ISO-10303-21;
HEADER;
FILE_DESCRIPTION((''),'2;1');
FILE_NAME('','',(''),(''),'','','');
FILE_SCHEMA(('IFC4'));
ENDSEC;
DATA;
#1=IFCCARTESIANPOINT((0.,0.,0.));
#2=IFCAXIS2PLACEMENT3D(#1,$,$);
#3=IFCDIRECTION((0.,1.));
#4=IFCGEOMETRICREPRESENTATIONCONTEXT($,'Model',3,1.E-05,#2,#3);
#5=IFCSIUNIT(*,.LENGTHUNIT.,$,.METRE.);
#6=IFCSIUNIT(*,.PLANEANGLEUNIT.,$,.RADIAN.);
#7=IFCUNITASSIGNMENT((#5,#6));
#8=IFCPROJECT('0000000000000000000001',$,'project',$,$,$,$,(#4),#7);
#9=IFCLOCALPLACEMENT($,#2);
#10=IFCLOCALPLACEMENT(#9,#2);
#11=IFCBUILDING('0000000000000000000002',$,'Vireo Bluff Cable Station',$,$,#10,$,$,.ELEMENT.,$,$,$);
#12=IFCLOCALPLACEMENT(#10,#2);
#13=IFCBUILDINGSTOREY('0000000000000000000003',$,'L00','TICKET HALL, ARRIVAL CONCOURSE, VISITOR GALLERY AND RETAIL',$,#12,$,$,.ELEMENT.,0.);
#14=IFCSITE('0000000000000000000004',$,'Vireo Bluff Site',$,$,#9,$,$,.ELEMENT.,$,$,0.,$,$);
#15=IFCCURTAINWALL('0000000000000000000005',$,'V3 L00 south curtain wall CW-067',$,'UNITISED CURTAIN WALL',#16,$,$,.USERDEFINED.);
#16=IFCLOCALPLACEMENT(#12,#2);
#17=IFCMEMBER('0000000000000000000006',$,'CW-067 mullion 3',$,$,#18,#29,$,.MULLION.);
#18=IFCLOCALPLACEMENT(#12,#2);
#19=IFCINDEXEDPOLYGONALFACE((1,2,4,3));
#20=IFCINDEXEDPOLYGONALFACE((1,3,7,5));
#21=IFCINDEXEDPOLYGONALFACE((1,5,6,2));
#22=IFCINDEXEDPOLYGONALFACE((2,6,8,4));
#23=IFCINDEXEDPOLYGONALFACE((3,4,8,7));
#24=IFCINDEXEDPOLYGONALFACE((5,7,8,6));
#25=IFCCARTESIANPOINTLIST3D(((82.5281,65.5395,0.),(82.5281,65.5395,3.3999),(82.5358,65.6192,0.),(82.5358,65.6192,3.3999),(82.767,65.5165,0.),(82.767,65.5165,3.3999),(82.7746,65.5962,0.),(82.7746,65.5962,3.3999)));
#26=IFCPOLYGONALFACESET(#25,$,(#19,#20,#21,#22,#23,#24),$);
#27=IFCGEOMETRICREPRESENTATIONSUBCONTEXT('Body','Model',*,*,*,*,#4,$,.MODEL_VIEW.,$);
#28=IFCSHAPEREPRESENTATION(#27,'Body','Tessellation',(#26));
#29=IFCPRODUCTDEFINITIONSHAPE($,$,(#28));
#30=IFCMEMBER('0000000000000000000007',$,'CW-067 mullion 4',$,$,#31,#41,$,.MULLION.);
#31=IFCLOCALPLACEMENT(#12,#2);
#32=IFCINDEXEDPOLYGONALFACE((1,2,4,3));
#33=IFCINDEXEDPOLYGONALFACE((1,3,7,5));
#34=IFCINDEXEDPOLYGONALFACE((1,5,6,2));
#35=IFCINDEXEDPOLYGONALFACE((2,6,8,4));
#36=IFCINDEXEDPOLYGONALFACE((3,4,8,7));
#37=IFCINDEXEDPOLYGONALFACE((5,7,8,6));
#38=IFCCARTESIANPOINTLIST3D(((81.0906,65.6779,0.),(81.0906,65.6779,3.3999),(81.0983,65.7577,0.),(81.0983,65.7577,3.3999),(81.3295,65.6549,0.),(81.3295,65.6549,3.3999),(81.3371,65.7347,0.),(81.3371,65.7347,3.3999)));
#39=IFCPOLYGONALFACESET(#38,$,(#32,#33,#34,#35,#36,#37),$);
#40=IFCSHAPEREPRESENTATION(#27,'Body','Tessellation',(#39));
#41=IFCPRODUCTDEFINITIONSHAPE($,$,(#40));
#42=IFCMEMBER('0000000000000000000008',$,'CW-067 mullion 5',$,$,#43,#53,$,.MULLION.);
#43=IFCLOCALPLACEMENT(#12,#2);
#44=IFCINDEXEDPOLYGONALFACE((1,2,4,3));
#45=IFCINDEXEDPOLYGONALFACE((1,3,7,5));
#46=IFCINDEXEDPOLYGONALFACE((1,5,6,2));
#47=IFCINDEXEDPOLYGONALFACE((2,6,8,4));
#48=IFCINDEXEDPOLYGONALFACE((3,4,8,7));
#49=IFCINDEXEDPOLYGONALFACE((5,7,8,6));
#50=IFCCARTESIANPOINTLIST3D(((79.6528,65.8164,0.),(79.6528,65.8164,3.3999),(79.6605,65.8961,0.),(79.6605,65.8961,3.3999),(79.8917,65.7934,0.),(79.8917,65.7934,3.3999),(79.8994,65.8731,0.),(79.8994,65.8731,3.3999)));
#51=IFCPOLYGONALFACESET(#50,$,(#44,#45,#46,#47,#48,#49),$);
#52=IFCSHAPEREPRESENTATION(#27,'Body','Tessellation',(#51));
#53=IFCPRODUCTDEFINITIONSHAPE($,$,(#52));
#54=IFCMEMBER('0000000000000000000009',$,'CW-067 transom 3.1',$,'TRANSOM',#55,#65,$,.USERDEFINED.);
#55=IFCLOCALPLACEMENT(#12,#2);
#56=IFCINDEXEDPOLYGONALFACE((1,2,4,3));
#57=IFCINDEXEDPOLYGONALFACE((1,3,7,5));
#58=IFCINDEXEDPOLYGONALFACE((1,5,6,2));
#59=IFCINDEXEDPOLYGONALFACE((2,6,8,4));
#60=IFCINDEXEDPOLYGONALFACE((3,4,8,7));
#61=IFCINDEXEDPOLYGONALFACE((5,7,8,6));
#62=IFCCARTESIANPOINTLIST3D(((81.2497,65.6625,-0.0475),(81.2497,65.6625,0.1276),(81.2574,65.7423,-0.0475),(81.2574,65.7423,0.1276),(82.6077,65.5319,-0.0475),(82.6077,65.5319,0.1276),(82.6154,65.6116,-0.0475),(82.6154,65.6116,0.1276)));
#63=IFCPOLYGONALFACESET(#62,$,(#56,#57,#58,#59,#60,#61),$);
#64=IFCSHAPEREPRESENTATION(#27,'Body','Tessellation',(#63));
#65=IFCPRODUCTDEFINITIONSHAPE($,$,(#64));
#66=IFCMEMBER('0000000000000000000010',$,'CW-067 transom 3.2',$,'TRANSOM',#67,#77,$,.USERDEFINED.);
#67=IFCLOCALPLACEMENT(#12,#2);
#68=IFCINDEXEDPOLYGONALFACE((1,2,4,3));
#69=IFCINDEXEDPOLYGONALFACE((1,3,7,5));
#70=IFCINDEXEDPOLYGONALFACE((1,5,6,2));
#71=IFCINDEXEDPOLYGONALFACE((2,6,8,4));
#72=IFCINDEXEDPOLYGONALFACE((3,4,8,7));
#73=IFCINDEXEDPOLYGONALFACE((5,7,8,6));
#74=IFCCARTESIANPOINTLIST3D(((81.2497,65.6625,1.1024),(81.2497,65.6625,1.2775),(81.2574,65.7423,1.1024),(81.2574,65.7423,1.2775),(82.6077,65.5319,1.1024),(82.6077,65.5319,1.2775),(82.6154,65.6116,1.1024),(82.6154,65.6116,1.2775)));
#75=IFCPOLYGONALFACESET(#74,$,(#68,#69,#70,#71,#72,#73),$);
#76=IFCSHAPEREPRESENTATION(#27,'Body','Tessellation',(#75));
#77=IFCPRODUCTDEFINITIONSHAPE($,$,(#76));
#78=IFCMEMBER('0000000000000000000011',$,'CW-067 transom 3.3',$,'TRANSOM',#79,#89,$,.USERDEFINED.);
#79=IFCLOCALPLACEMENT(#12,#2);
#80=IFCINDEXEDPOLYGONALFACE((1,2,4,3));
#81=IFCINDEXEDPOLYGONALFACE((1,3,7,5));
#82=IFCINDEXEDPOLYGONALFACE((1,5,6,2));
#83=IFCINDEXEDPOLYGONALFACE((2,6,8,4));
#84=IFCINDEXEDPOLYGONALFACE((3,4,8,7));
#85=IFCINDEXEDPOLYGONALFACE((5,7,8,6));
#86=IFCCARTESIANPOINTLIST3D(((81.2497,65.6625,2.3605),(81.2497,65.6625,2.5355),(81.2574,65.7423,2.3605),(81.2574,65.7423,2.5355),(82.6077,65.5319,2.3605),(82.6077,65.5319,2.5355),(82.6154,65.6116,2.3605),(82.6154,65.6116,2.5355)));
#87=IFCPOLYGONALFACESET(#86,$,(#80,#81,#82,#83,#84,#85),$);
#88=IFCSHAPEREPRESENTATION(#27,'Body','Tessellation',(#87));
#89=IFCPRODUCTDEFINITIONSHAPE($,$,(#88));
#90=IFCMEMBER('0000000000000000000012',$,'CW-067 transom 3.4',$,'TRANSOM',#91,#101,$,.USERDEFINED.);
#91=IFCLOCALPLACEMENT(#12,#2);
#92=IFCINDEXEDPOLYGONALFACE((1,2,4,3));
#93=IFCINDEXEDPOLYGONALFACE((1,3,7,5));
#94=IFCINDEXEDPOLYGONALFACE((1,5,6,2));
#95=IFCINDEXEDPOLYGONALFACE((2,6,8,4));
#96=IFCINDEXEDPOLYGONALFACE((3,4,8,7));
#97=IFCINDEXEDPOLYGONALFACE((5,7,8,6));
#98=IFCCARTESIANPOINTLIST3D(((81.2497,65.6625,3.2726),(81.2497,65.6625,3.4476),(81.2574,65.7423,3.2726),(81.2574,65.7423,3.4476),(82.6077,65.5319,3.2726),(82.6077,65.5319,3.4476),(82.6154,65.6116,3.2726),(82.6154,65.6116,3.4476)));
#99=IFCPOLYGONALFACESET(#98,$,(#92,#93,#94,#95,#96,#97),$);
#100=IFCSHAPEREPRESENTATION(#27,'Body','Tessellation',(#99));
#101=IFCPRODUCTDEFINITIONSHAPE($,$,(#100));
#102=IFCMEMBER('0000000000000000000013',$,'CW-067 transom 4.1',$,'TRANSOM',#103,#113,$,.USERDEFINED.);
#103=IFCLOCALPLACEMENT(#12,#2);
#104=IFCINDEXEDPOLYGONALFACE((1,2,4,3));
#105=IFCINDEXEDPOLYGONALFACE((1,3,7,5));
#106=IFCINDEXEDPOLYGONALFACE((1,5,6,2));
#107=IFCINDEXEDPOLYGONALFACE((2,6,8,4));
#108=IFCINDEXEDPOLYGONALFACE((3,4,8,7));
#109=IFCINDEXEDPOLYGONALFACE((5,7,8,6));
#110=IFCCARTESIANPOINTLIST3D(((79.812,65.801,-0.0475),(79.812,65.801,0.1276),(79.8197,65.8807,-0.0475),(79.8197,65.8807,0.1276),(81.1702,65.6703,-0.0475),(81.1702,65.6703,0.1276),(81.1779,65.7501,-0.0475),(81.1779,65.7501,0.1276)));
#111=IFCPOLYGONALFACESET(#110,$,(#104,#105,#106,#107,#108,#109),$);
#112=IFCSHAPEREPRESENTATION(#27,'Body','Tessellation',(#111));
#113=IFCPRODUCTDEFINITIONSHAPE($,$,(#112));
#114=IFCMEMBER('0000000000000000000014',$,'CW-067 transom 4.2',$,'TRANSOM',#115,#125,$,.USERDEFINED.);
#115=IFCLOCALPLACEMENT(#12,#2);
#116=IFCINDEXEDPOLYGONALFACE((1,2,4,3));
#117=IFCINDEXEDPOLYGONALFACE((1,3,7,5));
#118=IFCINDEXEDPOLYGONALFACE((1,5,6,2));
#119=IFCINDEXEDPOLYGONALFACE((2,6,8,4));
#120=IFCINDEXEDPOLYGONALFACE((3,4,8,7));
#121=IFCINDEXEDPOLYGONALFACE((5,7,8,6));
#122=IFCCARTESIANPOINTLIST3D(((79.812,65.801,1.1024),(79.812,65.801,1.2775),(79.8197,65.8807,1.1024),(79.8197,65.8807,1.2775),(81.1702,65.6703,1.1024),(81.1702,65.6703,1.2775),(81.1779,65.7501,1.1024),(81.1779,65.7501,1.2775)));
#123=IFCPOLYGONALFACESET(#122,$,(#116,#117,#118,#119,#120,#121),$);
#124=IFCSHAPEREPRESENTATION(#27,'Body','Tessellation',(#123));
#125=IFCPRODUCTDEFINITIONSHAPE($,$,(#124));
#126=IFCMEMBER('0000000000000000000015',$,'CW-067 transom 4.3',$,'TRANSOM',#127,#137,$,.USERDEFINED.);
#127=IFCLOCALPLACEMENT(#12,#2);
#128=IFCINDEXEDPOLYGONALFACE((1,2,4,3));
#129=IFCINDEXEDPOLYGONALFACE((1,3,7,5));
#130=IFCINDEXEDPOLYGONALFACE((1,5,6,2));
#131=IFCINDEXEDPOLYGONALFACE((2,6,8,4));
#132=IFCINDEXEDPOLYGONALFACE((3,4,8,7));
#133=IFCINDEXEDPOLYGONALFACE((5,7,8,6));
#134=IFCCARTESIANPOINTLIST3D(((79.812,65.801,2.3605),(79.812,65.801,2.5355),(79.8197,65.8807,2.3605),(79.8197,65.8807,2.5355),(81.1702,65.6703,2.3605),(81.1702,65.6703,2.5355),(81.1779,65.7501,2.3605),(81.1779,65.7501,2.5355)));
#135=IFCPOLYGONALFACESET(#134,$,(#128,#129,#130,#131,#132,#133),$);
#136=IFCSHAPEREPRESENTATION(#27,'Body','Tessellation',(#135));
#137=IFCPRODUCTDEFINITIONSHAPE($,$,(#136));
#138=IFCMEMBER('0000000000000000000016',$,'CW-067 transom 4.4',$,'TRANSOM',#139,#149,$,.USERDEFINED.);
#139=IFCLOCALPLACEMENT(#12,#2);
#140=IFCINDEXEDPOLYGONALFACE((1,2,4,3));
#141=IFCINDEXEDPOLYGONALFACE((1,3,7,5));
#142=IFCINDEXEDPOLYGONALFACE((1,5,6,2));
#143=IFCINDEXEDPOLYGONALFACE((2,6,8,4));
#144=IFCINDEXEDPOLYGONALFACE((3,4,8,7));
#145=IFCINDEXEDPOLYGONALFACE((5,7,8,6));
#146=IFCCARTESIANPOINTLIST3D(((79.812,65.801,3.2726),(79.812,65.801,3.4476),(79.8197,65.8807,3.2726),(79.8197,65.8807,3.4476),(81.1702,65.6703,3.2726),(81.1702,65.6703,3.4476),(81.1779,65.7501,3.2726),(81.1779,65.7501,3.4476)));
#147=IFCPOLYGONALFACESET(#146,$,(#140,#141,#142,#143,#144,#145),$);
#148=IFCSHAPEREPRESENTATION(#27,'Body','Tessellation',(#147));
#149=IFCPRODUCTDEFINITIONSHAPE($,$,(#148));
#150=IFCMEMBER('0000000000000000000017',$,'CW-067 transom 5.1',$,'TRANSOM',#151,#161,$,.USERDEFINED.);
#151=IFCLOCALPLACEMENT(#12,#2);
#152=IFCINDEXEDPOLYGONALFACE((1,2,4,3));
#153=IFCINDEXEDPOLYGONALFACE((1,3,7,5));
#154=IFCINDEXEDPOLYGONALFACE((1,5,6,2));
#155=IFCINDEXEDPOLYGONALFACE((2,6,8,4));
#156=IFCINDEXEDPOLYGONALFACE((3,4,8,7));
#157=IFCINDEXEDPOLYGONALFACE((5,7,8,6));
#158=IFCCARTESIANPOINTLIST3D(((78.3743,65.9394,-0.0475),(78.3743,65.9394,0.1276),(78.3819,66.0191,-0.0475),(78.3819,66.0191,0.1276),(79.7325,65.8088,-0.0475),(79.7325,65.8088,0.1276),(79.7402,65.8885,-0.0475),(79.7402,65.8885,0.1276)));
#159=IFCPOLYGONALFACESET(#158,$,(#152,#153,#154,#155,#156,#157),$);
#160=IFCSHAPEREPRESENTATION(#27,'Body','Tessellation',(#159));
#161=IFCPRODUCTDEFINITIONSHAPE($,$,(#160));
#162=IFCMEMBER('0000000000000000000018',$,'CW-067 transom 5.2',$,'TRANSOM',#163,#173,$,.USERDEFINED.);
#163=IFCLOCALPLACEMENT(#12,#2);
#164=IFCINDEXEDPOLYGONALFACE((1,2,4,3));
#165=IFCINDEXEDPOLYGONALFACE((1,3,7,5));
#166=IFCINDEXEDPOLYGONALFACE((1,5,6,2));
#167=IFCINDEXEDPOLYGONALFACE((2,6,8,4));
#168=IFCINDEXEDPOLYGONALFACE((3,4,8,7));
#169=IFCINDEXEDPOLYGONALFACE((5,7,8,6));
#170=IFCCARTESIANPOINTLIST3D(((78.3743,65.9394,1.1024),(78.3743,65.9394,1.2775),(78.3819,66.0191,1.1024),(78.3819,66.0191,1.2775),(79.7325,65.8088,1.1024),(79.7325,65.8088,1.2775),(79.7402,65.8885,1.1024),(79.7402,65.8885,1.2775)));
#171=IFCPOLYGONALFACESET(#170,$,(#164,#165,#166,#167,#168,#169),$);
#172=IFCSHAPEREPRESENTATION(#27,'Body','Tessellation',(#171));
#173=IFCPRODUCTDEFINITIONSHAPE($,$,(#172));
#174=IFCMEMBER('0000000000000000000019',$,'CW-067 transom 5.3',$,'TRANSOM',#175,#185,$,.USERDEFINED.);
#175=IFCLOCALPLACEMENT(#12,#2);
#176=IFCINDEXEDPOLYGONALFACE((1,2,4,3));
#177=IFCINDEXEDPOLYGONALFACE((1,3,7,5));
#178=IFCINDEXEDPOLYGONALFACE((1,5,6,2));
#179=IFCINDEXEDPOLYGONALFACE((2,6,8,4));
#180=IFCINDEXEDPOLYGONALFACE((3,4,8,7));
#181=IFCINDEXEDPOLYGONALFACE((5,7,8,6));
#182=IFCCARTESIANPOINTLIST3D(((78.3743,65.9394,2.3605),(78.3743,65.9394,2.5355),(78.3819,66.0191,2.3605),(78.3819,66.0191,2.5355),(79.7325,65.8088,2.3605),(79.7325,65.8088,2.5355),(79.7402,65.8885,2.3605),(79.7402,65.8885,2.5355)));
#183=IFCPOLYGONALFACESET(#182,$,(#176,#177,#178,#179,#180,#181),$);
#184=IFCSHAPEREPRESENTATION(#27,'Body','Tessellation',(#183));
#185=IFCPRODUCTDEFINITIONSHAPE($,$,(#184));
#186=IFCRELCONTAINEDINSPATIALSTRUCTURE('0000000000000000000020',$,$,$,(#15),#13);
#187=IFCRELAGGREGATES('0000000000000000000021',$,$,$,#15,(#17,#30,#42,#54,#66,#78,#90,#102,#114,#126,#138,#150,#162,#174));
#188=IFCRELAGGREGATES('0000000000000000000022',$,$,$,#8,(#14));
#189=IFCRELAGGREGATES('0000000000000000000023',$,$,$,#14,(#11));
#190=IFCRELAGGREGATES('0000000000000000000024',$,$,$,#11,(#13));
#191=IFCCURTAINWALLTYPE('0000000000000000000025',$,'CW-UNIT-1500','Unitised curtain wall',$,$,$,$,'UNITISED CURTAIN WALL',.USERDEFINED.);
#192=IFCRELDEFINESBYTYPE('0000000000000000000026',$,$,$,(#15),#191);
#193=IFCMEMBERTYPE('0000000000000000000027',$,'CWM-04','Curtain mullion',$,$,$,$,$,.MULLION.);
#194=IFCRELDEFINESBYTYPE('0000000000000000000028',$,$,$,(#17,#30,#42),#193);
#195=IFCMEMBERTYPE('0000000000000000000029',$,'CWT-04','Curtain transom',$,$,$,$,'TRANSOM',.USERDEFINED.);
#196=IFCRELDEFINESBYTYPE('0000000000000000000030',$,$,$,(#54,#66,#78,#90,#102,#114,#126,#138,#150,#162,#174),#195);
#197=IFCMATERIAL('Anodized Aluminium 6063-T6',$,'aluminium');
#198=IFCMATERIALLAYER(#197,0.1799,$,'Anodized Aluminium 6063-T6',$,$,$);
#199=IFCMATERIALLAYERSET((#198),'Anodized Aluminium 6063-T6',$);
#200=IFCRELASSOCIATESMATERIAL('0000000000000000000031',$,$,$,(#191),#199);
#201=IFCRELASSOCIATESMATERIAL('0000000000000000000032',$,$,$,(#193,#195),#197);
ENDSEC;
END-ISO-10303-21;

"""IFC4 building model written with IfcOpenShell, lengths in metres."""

from ifc_helpers import new_model, si_unit, direction, frame, origin, origin_2d, place, context, subcontext, project, spatial, rectangle, extrude, material, layer, layer_set, material_profile, profile_set, type_object, element, aggregate, save


model = new_model("IFC4")

# Units and contexts
model_context = context("Model", 3, precision=1e-05, world=origin(), true_north=direction((0.0, 1.0)))
body_context = subcontext(model_context, "Body", "Model", "MODEL_VIEW")
ifc_project = project(units=[si_unit("LENGTHUNIT", "METRE"), si_unit("PLANEANGLEUNIT", "RADIAN")], contexts=[model_context])

# Site, building, storey
site_placement = place(None, origin())
site = spatial("IfcSite", under=ifc_project, at=site_placement, Name="Vireo Bluff Site", CompositionType="ELEMENT", RefElevation=0.0)
building_placement = place(site_placement, origin())
building = spatial("IfcBuilding", under=site, at=building_placement, Name="Vireo Bluff Cable Station", CompositionType="ELEMENT")
storey_placement = place(building_placement, origin())
storey = spatial("IfcBuildingStorey", under=building, at=storey_placement, Name="L00", Description="TICKET HALL, ARRIVAL CONCOURSE, VISITOR GALLERY AND RETAIL", CompositionType="ELEMENT", Elevation=0.0)

# Curtain wall, members
ifc_material_1 = material(Name="Anodized Aluminium 6063-T6", Category="aluminium")
ifc_layer_1 = layer(ifc_material_1, 0.1799, Name="Anodized Aluminium 6063-T6")
ifc_layer_set_1 = layer_set([ifc_layer_1], Name="Anodized Aluminium 6063-T6")
curtain_wall_type = type_object("IfcCurtainWallType", Name="CW-UNIT-1500", Description="Unitised curtain wall", ElementType="UNITISED CURTAIN WALL", PredefinedType="USERDEFINED", material=ifc_layer_set_1)
curtain_wall_placement = place(storey_placement, origin())
curtain_wall = element("IfcCurtainWall", 1, at=curtain_wall_placement, inside=storey, type_object=curtain_wall_type, Name="V3 L00 south curtain wall CW-067", ObjectType="UNITISED CURTAIN WALL", PredefinedType="USERDEFINED")
ifc_material_profile_1 = material_profile(ifc_material_1, rectangle(XDim=0.0801, YDim=0.24, at=origin_2d()), Name="ALU-M-80X240")
ifc_profile_set_1 = profile_set([ifc_material_profile_1], Name="Anodized Aluminium 6063-T6")
member_type_1 = type_object("IfcMemberType", Name="CWM-04", Description="Curtain mullion", PredefinedType="MULLION", material=ifc_profile_set_1)
member_1_placement = place(storey_placement, frame((82.6514, 65.5679, 0.0), z_axis=(0.0, 0.0, 1.0), x_axis=(-0.095846, -0.995396, 0.0)))
member_1 = element("IfcMember", 2, at=member_1_placement, type_object=member_type_1, Name="CW-067 mullion 3", PredefinedType="MULLION", context=body_context, shape_type="SweptSolid", body=[
    extrude(rectangle(XDim=0.0801, YDim=0.24, at=origin_2d()), origin(), (0.0, 0.0, 1.0), 3.3999),
])
member_2_placement = place(storey_placement, frame((81.2139, 65.7063, 0.0), z_axis=(0.0, 0.0, 1.0), x_axis=(-0.095846, -0.995396, 0.0)))
member_2 = element("IfcMember", 3, at=member_2_placement, type_object=member_type_1, Name="CW-067 mullion 4", PredefinedType="MULLION", context=body_context, shape_type="SweptSolid", body=[
    extrude(rectangle(XDim=0.0801, YDim=0.24, at=origin_2d()), origin(), (0.0, 0.0, 1.0), 3.3999),
])
member_3_placement = place(storey_placement, frame((79.7761, 65.8447, 0.0), z_axis=(0.0, 0.0, 1.0), x_axis=(-0.095846, -0.995396, 0.0)))
member_3 = element("IfcMember", 4, at=member_3_placement, type_object=member_type_1, Name="CW-067 mullion 5", PredefinedType="MULLION", context=body_context, shape_type="SweptSolid", body=[
    extrude(rectangle(XDim=0.0801, YDim=0.24, at=origin_2d()), origin(), (0.0, 0.0, 1.0), 3.3999),
])
ifc_material_profile_2 = material_profile(ifc_material_1, rectangle(XDim=0.0801, YDim=0.175, at=origin_2d()), Name="ALU-T-80X175")
ifc_profile_set_2 = profile_set([ifc_material_profile_2], Name="Anodized Aluminium 6063-T6")
member_type_2 = type_object("IfcMemberType", Name="CWT-04", Description="Curtain transom", ElementType="TRANSOM", PredefinedType="USERDEFINED", material=ifc_profile_set_2)
member_4_placement = place(storey_placement, frame((82.6116, 65.5718, 0.04), z_axis=(-0.995406, 0.095747, 0.0), x_axis=(-0.095747, -0.995406, 0.0)))
member_4 = element("IfcMember", 5, at=member_4_placement, type_object=member_type_2, Name="CW-067 transom 3.1", ObjectType="TRANSOM", PredefinedType="USERDEFINED", context=body_context, shape_type="SweptSolid", body=[
    extrude(rectangle(XDim=0.0801, YDim=0.175, at=origin_2d()), origin(), (0.0, 0.0, 1.0), 1.3643),
])
member_5_placement = place(storey_placement, frame((82.6116, 65.5718, 1.1899), z_axis=(-0.995406, 0.095747, 0.0), x_axis=(-0.095747, -0.995406, 0.0)))
member_5 = element("IfcMember", 6, at=member_5_placement, type_object=member_type_2, Name="CW-067 transom 3.2", ObjectType="TRANSOM", PredefinedType="USERDEFINED", context=body_context, shape_type="SweptSolid", body=[
    extrude(rectangle(XDim=0.0801, YDim=0.175, at=origin_2d()), origin(), (0.0, 0.0, 1.0), 1.3643),
])
member_6_placement = place(storey_placement, frame((82.6116, 65.5718, 2.448), z_axis=(-0.995406, 0.095747, 0.0), x_axis=(-0.095747, -0.995406, 0.0)))
member_6 = element("IfcMember", 7, at=member_6_placement, type_object=member_type_2, Name="CW-067 transom 3.3", ObjectType="TRANSOM", PredefinedType="USERDEFINED", context=body_context, shape_type="SweptSolid", body=[
    extrude(rectangle(XDim=0.0801, YDim=0.175, at=origin_2d()), origin(), (0.0, 0.0, 1.0), 1.3643),
])
member_7_placement = place(storey_placement, frame((82.6116, 65.5718, 3.3601), z_axis=(-0.995406, 0.095747, 0.0), x_axis=(-0.095747, -0.995406, 0.0)))
member_7 = element("IfcMember", 8, at=member_7_placement, type_object=member_type_2, Name="CW-067 transom 3.4", ObjectType="TRANSOM", PredefinedType="USERDEFINED", context=body_context, shape_type="SweptSolid", body=[
    extrude(rectangle(XDim=0.0801, YDim=0.175, at=origin_2d()), origin(), (0.0, 0.0, 1.0), 1.3643),
])
member_8_placement = place(storey_placement, frame((81.1741, 65.7102, 0.04), z_axis=(-0.995407, 0.095729, 0.0), x_axis=(-0.095729, -0.995407, 0.0)))
member_8 = element("IfcMember", 9, at=member_8_placement, type_object=member_type_2, Name="CW-067 transom 4.1", ObjectType="TRANSOM", PredefinedType="USERDEFINED", context=body_context, shape_type="SweptSolid", body=[
    extrude(rectangle(XDim=0.0801, YDim=0.175, at=origin_2d()), origin(), (0.0, 0.0, 1.0), 1.3645),
])
member_9_placement = place(storey_placement, frame((81.1741, 65.7102, 1.1899), z_axis=(-0.995407, 0.095729, 0.0), x_axis=(-0.095729, -0.995407, 0.0)))
member_9 = element("IfcMember", 10, at=member_9_placement, type_object=member_type_2, Name="CW-067 transom 4.2", ObjectType="TRANSOM", PredefinedType="USERDEFINED", context=body_context, shape_type="SweptSolid", body=[
    extrude(rectangle(XDim=0.0801, YDim=0.175, at=origin_2d()), origin(), (0.0, 0.0, 1.0), 1.3645),
])
member_10_placement = place(storey_placement, frame((81.1741, 65.7102, 2.448), z_axis=(-0.995407, 0.095729, 0.0), x_axis=(-0.095729, -0.995407, 0.0)))
member_10 = element("IfcMember", 11, at=member_10_placement, type_object=member_type_2, Name="CW-067 transom 4.3", ObjectType="TRANSOM", PredefinedType="USERDEFINED", context=body_context, shape_type="SweptSolid", body=[
    extrude(rectangle(XDim=0.0801, YDim=0.175, at=origin_2d()), origin(), (0.0, 0.0, 1.0), 1.3645),
])
member_11_placement = place(storey_placement, frame((81.1741, 65.7102, 3.3601), z_axis=(-0.995407, 0.095729, 0.0), x_axis=(-0.095729, -0.995407, 0.0)))
member_11 = element("IfcMember", 12, at=member_11_placement, type_object=member_type_2, Name="CW-067 transom 4.4", ObjectType="TRANSOM", PredefinedType="USERDEFINED", context=body_context, shape_type="SweptSolid", body=[
    extrude(rectangle(XDim=0.0801, YDim=0.175, at=origin_2d()), origin(), (0.0, 0.0, 1.0), 1.3645),
])
member_12_placement = place(storey_placement, frame((79.7363, 65.8486, 0.04), z_axis=(-0.995407, 0.095729, 0.0), x_axis=(-0.095729, -0.995407, 0.0)))
member_12 = element("IfcMember", 13, at=member_12_placement, type_object=member_type_2, Name="CW-067 transom 5.1", ObjectType="TRANSOM", PredefinedType="USERDEFINED", context=body_context, shape_type="SweptSolid", body=[
    extrude(rectangle(XDim=0.0801, YDim=0.175, at=origin_2d()), origin(), (0.0, 0.0, 1.0), 1.3645),
])
member_13_placement = place(storey_placement, frame((79.7363, 65.8486, 1.1899), z_axis=(-0.995407, 0.095729, 0.0), x_axis=(-0.095729, -0.995407, 0.0)))
member_13 = element("IfcMember", 14, at=member_13_placement, type_object=member_type_2, Name="CW-067 transom 5.2", ObjectType="TRANSOM", PredefinedType="USERDEFINED", context=body_context, shape_type="SweptSolid", body=[
    extrude(rectangle(XDim=0.0801, YDim=0.175, at=origin_2d()), origin(), (0.0, 0.0, 1.0), 1.3645),
])
member_14_placement = place(storey_placement, frame((79.7363, 65.8486, 2.448), z_axis=(-0.995407, 0.095729, 0.0), x_axis=(-0.095729, -0.995407, 0.0)))
member_14 = element("IfcMember", 15, at=member_14_placement, type_object=member_type_2, Name="CW-067 transom 5.3", ObjectType="TRANSOM", PredefinedType="USERDEFINED", context=body_context, shape_type="SweptSolid", body=[
    extrude(rectangle(XDim=0.0801, YDim=0.175, at=origin_2d()), origin(), (0.0, 0.0, 1.0), 1.3645),
])
aggregate(curtain_wall, [member_1, member_2, member_3, member_4, member_5, member_6, member_7, member_8, member_9, member_10, member_11, member_12, member_13, member_14])

save(model, "model.ifc")
